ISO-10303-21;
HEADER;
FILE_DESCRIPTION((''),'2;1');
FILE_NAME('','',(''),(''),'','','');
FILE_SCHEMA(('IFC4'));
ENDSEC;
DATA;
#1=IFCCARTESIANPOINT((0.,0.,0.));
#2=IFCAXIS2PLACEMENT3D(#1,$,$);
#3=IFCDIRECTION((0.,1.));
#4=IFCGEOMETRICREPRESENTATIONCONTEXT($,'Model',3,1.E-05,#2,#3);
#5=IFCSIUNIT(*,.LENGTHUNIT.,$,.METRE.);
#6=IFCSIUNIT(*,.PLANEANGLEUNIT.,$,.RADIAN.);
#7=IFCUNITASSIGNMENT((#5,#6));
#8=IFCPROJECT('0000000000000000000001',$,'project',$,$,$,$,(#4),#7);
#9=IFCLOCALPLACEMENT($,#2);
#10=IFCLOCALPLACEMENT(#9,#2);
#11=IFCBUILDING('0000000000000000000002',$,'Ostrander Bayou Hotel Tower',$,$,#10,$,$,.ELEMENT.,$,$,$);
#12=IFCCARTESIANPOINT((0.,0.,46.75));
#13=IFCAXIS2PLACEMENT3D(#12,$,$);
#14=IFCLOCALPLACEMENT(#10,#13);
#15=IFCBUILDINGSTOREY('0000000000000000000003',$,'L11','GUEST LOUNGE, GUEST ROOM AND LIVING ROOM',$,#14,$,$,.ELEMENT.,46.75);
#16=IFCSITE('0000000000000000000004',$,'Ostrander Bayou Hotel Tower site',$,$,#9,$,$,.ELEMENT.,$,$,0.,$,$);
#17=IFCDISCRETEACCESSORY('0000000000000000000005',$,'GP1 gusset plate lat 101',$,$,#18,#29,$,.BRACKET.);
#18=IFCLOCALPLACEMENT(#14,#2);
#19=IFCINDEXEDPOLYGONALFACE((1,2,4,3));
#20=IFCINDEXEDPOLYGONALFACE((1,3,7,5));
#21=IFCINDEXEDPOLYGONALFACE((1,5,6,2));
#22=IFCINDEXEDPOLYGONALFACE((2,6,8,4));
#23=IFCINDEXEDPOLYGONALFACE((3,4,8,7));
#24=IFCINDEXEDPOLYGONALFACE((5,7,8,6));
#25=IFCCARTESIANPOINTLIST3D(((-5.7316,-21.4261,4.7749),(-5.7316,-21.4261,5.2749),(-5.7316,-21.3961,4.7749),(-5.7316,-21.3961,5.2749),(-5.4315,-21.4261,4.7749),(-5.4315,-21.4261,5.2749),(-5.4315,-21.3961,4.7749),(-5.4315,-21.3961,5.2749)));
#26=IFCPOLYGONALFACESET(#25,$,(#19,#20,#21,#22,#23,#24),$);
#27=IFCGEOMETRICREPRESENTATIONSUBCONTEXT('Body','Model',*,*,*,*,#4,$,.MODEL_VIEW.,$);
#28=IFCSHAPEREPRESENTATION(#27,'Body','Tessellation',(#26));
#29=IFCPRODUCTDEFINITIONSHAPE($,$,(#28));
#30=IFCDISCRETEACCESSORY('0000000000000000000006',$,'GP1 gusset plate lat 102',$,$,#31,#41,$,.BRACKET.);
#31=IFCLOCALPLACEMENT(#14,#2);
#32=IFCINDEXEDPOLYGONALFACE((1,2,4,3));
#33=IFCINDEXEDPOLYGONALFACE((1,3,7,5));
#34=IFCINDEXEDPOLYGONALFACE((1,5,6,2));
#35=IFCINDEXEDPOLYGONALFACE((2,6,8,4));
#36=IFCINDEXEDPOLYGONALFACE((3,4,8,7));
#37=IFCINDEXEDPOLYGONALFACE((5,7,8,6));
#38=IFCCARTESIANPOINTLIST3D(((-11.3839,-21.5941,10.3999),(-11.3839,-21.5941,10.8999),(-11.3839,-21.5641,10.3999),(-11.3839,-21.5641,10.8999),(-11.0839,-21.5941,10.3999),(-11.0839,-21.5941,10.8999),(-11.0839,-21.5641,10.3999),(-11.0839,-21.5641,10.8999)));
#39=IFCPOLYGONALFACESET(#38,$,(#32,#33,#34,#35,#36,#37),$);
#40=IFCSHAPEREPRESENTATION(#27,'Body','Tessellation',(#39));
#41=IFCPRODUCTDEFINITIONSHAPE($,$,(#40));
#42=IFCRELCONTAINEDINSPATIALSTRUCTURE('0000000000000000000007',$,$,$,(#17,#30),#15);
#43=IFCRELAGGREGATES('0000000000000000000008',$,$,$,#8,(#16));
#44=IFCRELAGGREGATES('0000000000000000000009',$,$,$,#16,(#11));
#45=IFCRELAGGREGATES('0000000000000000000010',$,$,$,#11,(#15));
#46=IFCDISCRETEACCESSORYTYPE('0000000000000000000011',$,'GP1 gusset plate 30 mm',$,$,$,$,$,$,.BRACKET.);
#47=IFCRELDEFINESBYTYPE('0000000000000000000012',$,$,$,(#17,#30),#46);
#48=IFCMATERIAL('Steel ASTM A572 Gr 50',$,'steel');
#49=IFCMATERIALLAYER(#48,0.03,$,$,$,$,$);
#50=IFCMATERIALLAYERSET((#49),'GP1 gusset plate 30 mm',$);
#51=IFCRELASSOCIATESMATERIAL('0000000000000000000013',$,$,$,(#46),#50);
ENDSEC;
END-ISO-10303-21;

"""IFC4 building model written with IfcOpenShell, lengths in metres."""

from ifc_helpers import new_model, si_unit, direction, frame, origin, origin_2d, place, context, subcontext, project, spatial, rectangle, extrude, material, layer, layer_set, type_object, element, save


model = new_model("IFC4")

# Units and contexts
model_context = context("Model", 3, precision=1e-05, world=origin(), true_north=direction((0.0, 1.0)))
body_context = subcontext(model_context, "Body", "Model", "MODEL_VIEW")
ifc_project = project(units=[si_unit("LENGTHUNIT", "METRE"), si_unit("PLANEANGLEUNIT", "RADIAN")], contexts=[model_context])

# Site, building, storey
site_placement = place(None, origin())
site = spatial("IfcSite", under=ifc_project, at=site_placement, Name="Ostrander Bayou Hotel Tower site", CompositionType="ELEMENT", RefElevation=0.0)
building_placement = place(site_placement, origin())
building = spatial("IfcBuilding", under=site, at=building_placement, Name="Ostrander Bayou Hotel Tower", CompositionType="ELEMENT")
storey_placement = place(building_placement, frame((0.0, 0.0, 46.75)))
storey = spatial("IfcBuildingStorey", under=building, at=storey_placement, Name="L11", Description="GUEST LOUNGE, GUEST ROOM AND LIVING ROOM", CompositionType="ELEMENT", Elevation=46.75)

# Discrete accessories
ifc_material_1 = material(Name="Steel ASTM A572 Gr 50", Category="steel")
ifc_layer_1 = layer(ifc_material_1, 0.03)
ifc_layer_set_1 = layer_set([ifc_layer_1], Name="GP1 gusset plate 30 mm")
discrete_accessory_type = type_object("IfcDiscreteAccessoryType", Name="GP1 gusset plate 30 mm", PredefinedType="BRACKET", material=ifc_layer_set_1)
for number, where, z_axis, x_axis, name in (
    (1, (-5.5815, -21.4111, 4.7749), (0.0, 0.0, 1.0), (1.0, 0.0, 0.0), "GP1 gusset plate lat 101"),
    (2, (-11.2339, -21.5791, 10.3999), (0.0, 0.0, 1.0), (1.0, 0.0, 0.0), "GP1 gusset plate lat 102"),
):
    element("IfcDiscreteAccessory", number, at=place(storey_placement, frame(where, z_axis=z_axis, x_axis=x_axis)), inside=storey, type_object=discrete_accessory_type, Name=name, PredefinedType="BRACKET", context=body_context, shape_type="SweptSolid", body=[
        extrude(rectangle(XDim=0.3, YDim=0.03, at=origin_2d()), origin(), (0.0, 0.0, 1.0), 0.5),
    ])

save(model, "model.ifc")
